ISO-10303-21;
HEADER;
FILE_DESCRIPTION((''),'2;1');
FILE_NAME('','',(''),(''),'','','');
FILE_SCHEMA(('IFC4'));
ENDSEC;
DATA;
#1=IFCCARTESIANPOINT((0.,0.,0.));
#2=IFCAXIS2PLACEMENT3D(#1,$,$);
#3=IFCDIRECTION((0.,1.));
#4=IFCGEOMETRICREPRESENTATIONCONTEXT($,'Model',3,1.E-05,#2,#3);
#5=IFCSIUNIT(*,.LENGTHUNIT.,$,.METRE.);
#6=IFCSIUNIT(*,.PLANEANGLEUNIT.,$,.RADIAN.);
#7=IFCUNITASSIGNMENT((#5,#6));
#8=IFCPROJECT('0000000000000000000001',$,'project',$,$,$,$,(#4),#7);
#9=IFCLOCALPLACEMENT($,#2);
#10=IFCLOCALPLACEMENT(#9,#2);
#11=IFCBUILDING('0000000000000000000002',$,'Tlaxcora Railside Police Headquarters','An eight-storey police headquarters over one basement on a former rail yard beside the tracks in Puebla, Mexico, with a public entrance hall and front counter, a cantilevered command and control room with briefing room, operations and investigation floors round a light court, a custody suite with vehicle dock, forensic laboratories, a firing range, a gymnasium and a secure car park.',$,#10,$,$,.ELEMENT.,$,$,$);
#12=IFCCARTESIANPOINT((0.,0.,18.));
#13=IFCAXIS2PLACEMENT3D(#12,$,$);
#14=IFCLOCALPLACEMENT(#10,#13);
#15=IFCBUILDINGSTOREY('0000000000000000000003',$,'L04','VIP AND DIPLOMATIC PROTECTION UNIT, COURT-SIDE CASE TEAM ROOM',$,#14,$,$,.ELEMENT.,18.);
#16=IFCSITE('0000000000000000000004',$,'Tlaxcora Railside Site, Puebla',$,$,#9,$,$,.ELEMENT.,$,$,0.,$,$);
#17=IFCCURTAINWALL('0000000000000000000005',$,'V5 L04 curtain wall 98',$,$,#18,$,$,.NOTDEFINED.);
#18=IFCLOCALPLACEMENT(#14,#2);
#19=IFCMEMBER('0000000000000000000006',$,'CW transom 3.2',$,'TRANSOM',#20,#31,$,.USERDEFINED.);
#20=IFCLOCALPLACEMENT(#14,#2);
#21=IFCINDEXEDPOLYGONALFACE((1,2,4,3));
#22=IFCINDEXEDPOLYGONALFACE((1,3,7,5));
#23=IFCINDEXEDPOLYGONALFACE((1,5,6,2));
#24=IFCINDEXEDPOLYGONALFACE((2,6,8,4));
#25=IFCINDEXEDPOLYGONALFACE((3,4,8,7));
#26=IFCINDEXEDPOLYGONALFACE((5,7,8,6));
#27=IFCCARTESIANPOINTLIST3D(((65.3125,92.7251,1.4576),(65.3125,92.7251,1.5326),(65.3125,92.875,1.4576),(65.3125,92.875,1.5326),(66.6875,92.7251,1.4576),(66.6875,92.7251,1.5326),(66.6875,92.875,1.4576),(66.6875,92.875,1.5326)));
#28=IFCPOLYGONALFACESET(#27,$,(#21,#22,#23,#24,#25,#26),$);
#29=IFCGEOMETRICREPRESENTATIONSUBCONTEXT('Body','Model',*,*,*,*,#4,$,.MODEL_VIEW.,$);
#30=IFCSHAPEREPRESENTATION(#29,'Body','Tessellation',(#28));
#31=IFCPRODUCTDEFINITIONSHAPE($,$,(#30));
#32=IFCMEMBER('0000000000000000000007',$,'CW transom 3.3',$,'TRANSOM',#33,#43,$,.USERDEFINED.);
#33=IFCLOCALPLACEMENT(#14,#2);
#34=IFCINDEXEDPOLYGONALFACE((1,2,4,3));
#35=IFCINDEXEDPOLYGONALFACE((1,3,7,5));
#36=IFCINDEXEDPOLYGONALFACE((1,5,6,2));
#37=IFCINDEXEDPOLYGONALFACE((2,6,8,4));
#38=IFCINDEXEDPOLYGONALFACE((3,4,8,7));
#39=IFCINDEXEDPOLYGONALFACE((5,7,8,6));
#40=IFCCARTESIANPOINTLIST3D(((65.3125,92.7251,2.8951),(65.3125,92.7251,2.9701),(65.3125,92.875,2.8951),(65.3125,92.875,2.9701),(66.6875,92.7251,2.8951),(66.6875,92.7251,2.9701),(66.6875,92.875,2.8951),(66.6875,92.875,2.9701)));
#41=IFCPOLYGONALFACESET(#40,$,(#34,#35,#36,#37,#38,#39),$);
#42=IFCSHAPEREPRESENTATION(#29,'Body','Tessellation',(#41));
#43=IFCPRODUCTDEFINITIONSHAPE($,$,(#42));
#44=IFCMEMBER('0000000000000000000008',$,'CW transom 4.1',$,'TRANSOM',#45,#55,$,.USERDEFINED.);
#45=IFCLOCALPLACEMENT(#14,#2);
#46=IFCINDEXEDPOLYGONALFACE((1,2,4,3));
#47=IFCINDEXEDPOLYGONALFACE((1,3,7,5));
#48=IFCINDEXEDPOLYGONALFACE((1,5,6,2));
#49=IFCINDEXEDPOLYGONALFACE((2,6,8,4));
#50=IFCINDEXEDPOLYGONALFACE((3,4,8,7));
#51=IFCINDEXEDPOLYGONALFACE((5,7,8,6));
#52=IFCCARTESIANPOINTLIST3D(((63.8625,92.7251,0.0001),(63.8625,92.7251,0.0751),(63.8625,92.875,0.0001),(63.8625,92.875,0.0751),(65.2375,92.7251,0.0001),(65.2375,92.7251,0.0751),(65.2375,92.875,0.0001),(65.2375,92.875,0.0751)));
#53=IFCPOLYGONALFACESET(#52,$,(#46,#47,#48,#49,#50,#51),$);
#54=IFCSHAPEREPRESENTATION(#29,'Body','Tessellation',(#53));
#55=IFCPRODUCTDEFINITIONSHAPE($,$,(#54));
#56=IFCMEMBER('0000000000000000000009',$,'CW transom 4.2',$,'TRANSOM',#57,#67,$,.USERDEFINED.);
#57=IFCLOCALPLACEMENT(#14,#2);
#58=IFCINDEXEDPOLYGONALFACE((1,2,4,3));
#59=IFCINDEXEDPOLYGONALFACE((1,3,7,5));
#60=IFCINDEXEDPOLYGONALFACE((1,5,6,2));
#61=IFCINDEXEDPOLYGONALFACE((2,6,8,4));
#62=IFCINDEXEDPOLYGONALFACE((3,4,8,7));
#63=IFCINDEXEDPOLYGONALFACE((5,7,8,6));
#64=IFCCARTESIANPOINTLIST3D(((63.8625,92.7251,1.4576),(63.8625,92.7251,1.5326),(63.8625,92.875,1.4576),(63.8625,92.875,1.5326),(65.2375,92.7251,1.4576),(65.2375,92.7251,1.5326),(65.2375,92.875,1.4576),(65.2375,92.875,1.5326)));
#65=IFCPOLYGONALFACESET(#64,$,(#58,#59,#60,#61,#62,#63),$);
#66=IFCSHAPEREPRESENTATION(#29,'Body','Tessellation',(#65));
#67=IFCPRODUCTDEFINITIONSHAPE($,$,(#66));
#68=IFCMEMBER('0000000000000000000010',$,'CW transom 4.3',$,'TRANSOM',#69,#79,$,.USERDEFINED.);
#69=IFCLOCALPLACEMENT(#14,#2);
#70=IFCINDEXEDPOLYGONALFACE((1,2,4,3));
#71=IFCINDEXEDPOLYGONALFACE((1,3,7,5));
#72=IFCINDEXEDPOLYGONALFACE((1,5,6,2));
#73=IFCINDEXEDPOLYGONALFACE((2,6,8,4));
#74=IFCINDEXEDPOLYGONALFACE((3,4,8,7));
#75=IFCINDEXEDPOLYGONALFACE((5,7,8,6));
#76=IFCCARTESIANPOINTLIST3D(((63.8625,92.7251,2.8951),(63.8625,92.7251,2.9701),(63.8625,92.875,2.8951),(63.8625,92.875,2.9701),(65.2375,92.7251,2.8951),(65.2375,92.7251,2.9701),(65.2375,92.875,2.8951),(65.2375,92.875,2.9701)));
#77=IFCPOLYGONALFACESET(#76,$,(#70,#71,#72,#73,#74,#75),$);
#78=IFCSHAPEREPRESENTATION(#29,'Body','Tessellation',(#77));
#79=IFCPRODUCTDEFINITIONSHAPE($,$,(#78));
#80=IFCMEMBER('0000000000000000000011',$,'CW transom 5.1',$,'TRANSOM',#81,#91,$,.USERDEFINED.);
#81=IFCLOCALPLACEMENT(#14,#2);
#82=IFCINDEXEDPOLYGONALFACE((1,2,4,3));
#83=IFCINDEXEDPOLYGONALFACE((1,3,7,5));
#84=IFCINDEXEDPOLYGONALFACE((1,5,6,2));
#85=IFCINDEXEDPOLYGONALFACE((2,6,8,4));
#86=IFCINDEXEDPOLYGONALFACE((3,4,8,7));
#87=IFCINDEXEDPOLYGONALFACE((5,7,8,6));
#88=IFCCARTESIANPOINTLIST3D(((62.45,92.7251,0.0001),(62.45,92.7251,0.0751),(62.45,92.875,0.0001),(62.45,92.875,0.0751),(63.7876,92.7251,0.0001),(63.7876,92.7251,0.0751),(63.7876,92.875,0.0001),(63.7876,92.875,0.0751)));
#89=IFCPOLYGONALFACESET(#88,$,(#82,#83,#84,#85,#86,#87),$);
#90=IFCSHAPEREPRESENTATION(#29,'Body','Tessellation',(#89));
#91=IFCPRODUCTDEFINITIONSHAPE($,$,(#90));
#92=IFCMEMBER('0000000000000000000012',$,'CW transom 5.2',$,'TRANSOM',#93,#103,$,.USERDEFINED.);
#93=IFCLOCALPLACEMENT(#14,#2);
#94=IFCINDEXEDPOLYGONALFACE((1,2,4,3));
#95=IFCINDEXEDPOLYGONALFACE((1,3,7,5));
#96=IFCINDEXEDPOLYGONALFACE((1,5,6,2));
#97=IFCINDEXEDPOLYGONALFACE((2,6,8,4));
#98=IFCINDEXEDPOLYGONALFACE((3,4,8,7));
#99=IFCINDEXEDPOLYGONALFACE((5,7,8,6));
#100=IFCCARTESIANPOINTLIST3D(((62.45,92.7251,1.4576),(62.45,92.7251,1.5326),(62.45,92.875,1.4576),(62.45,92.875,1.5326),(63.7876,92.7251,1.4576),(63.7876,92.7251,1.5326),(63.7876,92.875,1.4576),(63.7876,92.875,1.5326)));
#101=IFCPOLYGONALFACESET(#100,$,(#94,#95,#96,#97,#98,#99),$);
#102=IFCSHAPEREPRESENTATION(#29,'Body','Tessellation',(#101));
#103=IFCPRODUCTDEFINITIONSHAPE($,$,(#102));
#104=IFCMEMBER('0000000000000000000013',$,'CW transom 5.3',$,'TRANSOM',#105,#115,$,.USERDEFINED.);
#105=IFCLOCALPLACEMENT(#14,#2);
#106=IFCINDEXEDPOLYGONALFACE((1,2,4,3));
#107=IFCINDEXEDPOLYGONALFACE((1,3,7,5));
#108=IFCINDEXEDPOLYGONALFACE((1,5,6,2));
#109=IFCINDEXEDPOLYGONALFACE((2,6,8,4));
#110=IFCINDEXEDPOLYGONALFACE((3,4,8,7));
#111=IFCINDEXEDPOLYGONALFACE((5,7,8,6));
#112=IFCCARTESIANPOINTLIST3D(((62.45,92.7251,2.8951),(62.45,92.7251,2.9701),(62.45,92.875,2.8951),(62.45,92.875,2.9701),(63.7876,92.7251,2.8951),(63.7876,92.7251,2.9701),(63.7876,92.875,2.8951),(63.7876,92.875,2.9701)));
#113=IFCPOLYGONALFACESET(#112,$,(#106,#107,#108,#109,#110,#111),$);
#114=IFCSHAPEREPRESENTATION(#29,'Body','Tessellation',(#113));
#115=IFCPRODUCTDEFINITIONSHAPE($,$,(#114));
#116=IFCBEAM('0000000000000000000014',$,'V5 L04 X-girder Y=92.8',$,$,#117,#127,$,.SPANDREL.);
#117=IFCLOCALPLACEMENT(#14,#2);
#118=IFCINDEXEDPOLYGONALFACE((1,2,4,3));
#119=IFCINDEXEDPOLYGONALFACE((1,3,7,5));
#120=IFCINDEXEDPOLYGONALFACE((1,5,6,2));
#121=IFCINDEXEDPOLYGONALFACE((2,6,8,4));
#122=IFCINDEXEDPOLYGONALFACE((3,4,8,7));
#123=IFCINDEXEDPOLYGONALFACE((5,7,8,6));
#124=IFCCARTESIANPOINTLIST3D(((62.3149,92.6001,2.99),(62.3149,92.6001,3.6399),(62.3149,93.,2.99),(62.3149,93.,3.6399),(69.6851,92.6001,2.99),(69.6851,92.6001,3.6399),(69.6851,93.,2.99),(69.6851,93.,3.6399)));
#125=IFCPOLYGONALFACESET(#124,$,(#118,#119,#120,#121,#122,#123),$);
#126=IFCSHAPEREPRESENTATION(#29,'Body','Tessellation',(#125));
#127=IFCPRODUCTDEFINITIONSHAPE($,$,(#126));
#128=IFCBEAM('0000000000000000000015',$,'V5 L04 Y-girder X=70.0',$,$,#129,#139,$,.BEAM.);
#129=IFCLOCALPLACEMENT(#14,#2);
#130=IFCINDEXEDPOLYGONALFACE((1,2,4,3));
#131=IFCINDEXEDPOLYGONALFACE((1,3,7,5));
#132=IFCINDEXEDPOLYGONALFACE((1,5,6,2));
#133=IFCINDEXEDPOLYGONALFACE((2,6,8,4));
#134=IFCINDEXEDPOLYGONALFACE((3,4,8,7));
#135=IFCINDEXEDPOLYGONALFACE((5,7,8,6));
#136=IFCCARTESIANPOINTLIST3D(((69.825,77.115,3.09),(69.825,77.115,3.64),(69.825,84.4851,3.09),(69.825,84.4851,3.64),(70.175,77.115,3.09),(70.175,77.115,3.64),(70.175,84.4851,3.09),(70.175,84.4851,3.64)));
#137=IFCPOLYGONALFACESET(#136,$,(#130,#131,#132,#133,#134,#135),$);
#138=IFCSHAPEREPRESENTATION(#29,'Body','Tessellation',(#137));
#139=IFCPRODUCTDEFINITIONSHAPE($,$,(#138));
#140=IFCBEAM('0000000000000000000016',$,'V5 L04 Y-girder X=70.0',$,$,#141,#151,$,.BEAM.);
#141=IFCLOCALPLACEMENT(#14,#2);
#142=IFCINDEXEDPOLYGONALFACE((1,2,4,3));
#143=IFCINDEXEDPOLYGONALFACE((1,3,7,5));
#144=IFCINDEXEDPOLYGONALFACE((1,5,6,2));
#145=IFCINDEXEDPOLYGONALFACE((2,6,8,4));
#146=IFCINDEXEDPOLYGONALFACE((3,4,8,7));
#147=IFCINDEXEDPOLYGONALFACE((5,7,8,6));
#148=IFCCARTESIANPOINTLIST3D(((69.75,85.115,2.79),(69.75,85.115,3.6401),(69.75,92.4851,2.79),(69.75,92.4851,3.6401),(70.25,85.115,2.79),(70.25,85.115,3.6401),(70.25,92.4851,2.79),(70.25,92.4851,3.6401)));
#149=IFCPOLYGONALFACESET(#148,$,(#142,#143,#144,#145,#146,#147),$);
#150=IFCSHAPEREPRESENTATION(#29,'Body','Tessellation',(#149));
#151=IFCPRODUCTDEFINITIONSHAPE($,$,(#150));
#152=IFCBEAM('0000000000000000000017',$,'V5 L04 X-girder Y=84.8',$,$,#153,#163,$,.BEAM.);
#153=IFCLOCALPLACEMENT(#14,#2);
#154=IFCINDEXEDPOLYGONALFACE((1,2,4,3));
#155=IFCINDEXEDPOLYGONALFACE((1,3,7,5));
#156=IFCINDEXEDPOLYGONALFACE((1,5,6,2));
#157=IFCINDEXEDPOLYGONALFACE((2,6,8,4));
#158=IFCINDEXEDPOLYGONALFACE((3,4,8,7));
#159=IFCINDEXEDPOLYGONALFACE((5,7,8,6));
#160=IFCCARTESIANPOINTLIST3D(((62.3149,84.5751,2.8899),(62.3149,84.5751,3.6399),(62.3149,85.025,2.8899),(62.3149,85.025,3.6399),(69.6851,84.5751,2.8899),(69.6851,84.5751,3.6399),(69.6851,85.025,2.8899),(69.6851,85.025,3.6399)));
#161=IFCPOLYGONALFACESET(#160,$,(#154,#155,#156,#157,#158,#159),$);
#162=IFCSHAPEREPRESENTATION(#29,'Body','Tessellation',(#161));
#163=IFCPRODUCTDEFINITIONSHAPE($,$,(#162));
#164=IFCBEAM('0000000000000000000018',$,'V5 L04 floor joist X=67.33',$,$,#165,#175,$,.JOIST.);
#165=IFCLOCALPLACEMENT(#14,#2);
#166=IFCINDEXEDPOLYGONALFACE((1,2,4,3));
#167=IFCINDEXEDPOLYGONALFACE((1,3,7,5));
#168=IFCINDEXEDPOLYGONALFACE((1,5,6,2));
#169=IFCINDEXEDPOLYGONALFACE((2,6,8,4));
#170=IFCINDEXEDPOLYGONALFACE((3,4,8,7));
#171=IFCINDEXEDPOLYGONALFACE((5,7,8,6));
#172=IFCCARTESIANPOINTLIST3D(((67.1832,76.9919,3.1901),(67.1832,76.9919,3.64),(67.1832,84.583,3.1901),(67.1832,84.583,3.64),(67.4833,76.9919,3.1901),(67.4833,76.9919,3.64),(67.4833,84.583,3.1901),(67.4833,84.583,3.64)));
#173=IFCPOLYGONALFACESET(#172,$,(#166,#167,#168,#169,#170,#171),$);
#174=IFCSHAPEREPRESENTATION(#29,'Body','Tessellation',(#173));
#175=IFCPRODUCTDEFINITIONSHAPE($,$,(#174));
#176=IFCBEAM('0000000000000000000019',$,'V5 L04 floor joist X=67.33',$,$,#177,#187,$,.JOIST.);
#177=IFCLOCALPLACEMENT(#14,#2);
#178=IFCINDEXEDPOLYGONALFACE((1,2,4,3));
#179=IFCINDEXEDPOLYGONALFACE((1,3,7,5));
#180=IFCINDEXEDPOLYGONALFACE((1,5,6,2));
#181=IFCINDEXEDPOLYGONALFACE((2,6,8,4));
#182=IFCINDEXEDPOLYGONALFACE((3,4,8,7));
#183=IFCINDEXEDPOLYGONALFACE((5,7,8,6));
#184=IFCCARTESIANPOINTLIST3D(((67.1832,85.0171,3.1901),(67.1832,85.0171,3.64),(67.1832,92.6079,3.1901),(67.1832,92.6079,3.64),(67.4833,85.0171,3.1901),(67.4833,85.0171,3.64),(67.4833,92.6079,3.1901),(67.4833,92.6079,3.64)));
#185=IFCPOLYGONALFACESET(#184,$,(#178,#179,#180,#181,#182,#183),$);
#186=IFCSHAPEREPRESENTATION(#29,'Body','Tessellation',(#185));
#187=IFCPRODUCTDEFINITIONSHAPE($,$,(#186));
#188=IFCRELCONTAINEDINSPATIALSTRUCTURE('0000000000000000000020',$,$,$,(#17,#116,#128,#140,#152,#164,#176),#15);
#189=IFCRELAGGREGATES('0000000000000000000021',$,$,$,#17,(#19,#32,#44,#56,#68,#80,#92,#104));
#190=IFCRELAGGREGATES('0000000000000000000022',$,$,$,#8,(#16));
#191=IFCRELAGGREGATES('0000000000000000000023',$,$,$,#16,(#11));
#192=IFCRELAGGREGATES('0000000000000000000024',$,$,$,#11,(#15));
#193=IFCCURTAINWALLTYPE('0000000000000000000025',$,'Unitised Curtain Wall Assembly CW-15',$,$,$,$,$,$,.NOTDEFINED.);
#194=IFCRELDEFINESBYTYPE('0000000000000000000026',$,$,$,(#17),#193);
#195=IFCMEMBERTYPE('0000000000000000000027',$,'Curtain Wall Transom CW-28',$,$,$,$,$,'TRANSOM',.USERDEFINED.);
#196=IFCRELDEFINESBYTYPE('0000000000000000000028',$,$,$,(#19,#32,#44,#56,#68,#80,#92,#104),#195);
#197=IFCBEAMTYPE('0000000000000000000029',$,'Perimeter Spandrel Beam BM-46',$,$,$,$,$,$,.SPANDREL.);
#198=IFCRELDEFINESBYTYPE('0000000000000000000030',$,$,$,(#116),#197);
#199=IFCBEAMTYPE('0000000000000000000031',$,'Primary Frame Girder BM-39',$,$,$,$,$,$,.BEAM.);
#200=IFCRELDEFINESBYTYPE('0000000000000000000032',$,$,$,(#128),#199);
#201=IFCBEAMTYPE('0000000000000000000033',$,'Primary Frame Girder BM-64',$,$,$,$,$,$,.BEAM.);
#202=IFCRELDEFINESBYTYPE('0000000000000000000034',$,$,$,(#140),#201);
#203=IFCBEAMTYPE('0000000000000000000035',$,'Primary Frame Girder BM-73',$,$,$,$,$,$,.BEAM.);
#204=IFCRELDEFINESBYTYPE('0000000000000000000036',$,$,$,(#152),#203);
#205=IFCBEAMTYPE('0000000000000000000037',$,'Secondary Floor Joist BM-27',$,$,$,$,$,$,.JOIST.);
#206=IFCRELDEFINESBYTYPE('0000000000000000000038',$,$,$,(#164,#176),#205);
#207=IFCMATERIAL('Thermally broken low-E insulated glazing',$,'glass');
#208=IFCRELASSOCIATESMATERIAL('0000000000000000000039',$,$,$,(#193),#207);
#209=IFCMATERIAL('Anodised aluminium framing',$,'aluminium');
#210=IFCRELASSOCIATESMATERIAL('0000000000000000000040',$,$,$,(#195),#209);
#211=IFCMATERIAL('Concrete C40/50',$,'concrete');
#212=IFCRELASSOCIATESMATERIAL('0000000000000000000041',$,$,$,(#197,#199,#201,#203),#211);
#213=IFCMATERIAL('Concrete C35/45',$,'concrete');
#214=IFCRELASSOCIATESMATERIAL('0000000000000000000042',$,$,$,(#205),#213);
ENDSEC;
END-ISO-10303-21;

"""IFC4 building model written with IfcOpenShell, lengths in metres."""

from ifc_helpers import new_model, si_unit, direction, frame, origin, origin_2d, place, context, subcontext, project, spatial, rectangle, extrude, material, material_profile, profile_set, type_object, element, aggregate, save


model = new_model("IFC4")

# Units and contexts
model_context = context("Model", 3, precision=1e-05, world=origin(), true_north=direction((0.0, 1.0)))
body_context = subcontext(model_context, "Body", "Model", "MODEL_VIEW")
ifc_project = project(units=[si_unit("LENGTHUNIT", "METRE"), si_unit("PLANEANGLEUNIT", "RADIAN")], contexts=[model_context])

# Site, building, storey
site_placement = place(None, origin())
site = spatial("IfcSite", under=ifc_project, at=site_placement, Name="Tlaxcora Railside Site, Puebla", CompositionType="ELEMENT", RefElevation=0.0)
building_placement = place(site_placement, origin())
building = spatial("IfcBuilding", under=site, at=building_placement, Name="Tlaxcora Railside Police Headquarters", Description="An eight-storey police headquarters over one basement on a former rail yard beside the tracks in Puebla, Mexico, with a public entrance hall and front counter, a cantilevered command and control room with briefing room, operations and investigation floors round a light court, a custody suite with vehicle dock, forensic laboratories, a firing range, a gymnasium and a secure car park.", CompositionType="ELEMENT")
storey_placement = place(building_placement, frame((0.0, 0.0, 18.0)))
storey = spatial("IfcBuildingStorey", under=building, at=storey_placement, Name="L04", Description="VIP AND DIPLOMATIC PROTECTION UNIT, COURT-SIDE CASE TEAM ROOM", CompositionType="ELEMENT", Elevation=18.0)

# Shared definitions
ifc_material_1 = material(Name="Concrete C40/50", Category="concrete")

# Curtain wall, members
ifc_material_2 = material(Name="Thermally broken low-E insulated glazing", Category="glass")
curtain_wall_type = type_object("IfcCurtainWallType", Name="Unitised Curtain Wall Assembly CW-15", PredefinedType="NOTDEFINED", material=ifc_material_2)
curtain_wall_placement = place(storey_placement, origin())
curtain_wall = element("IfcCurtainWall", 1, at=curtain_wall_placement, inside=storey, type_object=curtain_wall_type, Name="V5 L04 curtain wall 98", PredefinedType="NOTDEFINED")
ifc_material_3 = material(Name="Anodised aluminium framing", Category="aluminium")
ifc_material_profile_1 = material_profile(ifc_material_3, rectangle(XDim=0.1499, YDim=0.075, at=origin_2d()), Name="AL75X150")
ifc_profile_set_1 = profile_set([ifc_material_profile_1], Name="Anodised aluminium framing")
member_type_1 = type_object("IfcMemberType", Name="Curtain Wall Transom CW-28", ElementType="TRANSOM", PredefinedType="USERDEFINED", material=ifc_profile_set_1)
member_1_placement = place(storey_placement, frame((66.6875, 92.8, 1.4951), z_axis=(-1.0, 0.0, 0.0), x_axis=(0.0, -1.0, 0.0)))
member_1 = element("IfcMember", 2, at=member_1_placement, type_object=member_type_1, Name="CW transom 3.2", ObjectType="TRANSOM", PredefinedType="USERDEFINED", context=body_context, shape_type="SweptSolid", body=[
    extrude(rectangle(XDim=0.1499, YDim=0.075, at=origin_2d()), origin(), (0.0, 0.0, 1.0), 1.375),
])
member_2_placement = place(storey_placement, frame((66.6875, 92.8, 2.9326), z_axis=(-1.0, 0.0, 0.0), x_axis=(0.0, -1.0, 0.0)))
member_2 = element("IfcMember", 3, at=member_2_placement, type_object=member_type_1, Name="CW transom 3.3", ObjectType="TRANSOM", PredefinedType="USERDEFINED", context=body_context, shape_type="SweptSolid", body=[
    extrude(rectangle(XDim=0.1499, YDim=0.075, at=origin_2d()), origin(), (0.0, 0.0, 1.0), 1.375),
])
member_3_placement = place(storey_placement, frame((65.2375, 92.8, 0.0376), z_axis=(-1.0, 0.0, 0.0), x_axis=(0.0, -1.0, 0.0)))
member_3 = element("IfcMember", 4, at=member_3_placement, type_object=member_type_1, Name="CW transom 4.1", ObjectType="TRANSOM", PredefinedType="USERDEFINED", context=body_context, shape_type="SweptSolid", body=[
    extrude(rectangle(XDim=0.1499, YDim=0.075, at=origin_2d()), origin(), (0.0, 0.0, 1.0), 1.375),
])
member_4_placement = place(storey_placement, frame((65.2375, 92.8, 1.4951), z_axis=(-1.0, 0.0, 0.0), x_axis=(0.0, -1.0, 0.0)))
member_4 = element("IfcMember", 5, at=member_4_placement, type_object=member_type_1, Name="CW transom 4.2", ObjectType="TRANSOM", PredefinedType="USERDEFINED", context=body_context, shape_type="SweptSolid", body=[
    extrude(rectangle(XDim=0.1499, YDim=0.075, at=origin_2d()), origin(), (0.0, 0.0, 1.0), 1.375),
])
member_5_placement = place(storey_placement, frame((65.2375, 92.8, 2.9326), z_axis=(-1.0, 0.0, 0.0), x_axis=(0.0, -1.0, 0.0)))
member_5 = element("IfcMember", 6, at=member_5_placement, type_object=member_type_1, Name="CW transom 4.3", ObjectType="TRANSOM", PredefinedType="USERDEFINED", context=body_context, shape_type="SweptSolid", body=[
    extrude(rectangle(XDim=0.1499, YDim=0.075, at=origin_2d()), origin(), (0.0, 0.0, 1.0), 1.375),
])
member_6_placement = place(storey_placement, frame((63.7876, 92.8, 0.0376), z_axis=(-1.0, 0.0, 0.0), x_axis=(0.0, -1.0, 0.0)))
member_6 = element("IfcMember", 7, at=member_6_placement, type_object=member_type_1, Name="CW transom 5.1", ObjectType="TRANSOM", PredefinedType="USERDEFINED", context=body_context, shape_type="SweptSolid", body=[
    extrude(rectangle(XDim=0.1499, YDim=0.075, at=origin_2d()), origin(), (0.0, 0.0, 1.0), 1.3376),
])
member_7_placement = place(storey_placement, frame((63.7876, 92.8, 1.4951), z_axis=(-1.0, 0.0, 0.0), x_axis=(0.0, -1.0, 0.0)))
member_7 = element("IfcMember", 8, at=member_7_placement, type_object=member_type_1, Name="CW transom 5.2", ObjectType="TRANSOM", PredefinedType="USERDEFINED", context=body_context, shape_type="SweptSolid", body=[
    extrude(rectangle(XDim=0.1499, YDim=0.075, at=origin_2d()), origin(), (0.0, 0.0, 1.0), 1.3376),
])
member_8_placement = place(storey_placement, frame((63.7876, 92.8, 2.9326), z_axis=(-1.0, 0.0, 0.0), x_axis=(0.0, -1.0, 0.0)))
member_8 = element("IfcMember", 9, at=member_8_placement, type_object=member_type_1, Name="CW transom 5.3", ObjectType="TRANSOM", PredefinedType="USERDEFINED", context=body_context, shape_type="SweptSolid", body=[
    extrude(rectangle(XDim=0.1499, YDim=0.075, at=origin_2d()), origin(), (0.0, 0.0, 1.0), 1.3376),
])

# Beams
ifc_material_profile_2 = material_profile(ifc_material_1, rectangle(XDim=0.3999, YDim=0.6499, at=origin_2d()), Name="RC400X650")
ifc_profile_set_2 = profile_set([ifc_material_profile_2], Name="Concrete C40/50")
beam_type_1 = type_object("IfcBeamType", Name="Perimeter Spandrel Beam BM-46", PredefinedType="SPANDREL", material=ifc_profile_set_2)
beam_1_placement = place(storey_placement, frame((62.3149, 92.8, 3.3149), z_axis=(1.0, 0.0, 0.0), x_axis=(0.0, 1.0, 0.0)))
element("IfcBeam", 10, at=beam_1_placement, inside=storey, type_object=beam_type_1, Name="V5 L04 X-girder Y=92.8", PredefinedType="SPANDREL", context=body_context, shape_type="SweptSolid", body=[
    extrude(rectangle(XDim=0.3999, YDim=0.6499, at=origin_2d()), origin(), (0.0, 0.0, 1.0), 7.3701),
])
ifc_material_profile_3 = material_profile(ifc_material_1, rectangle(XDim=0.3501, YDim=0.55, at=origin_2d()), Name="RC350X550")
ifc_profile_set_3 = profile_set([ifc_material_profile_3], Name="Concrete C40/50")
beam_type_2 = type_object("IfcBeamType", Name="Primary Frame Girder BM-39", PredefinedType="BEAM", material=ifc_profile_set_3)
beam_2_placement = place(storey_placement, frame((70.0, 77.115, 3.365), z_axis=(0.0, 1.0, 0.0), x_axis=(-1.0, 0.0, 0.0)))
element("IfcBeam", 11, at=beam_2_placement, inside=storey, type_object=beam_type_2, Name="V5 L04 Y-girder X=70.0", PredefinedType="BEAM", context=body_context, shape_type="SweptSolid", body=[
    extrude(rectangle(XDim=0.3501, YDim=0.55, at=origin_2d()), origin(), (0.0, 0.0, 1.0), 7.3701),
])
ifc_material_profile_4 = material_profile(ifc_material_1, rectangle(XDim=0.5, YDim=0.8501, at=origin_2d()), Name="RC500X850")
ifc_profile_set_4 = profile_set([ifc_material_profile_4], Name="Concrete C40/50")
beam_type_3 = type_object("IfcBeamType", Name="Primary Frame Girder BM-64", PredefinedType="BEAM", material=ifc_profile_set_4)
beam_3_placement = place(storey_placement, frame((70.0, 85.115, 3.2151), z_axis=(0.0, 1.0, 0.0), x_axis=(-1.0, 0.0, 0.0)))
element("IfcBeam", 12, at=beam_3_placement, inside=storey, type_object=beam_type_3, Name="V5 L04 Y-girder X=70.0", PredefinedType="BEAM", context=body_context, shape_type="SweptSolid", body=[
    extrude(rectangle(XDim=0.5, YDim=0.8501, at=origin_2d()), origin(), (0.0, 0.0, 1.0), 7.3701),
])
ifc_material_profile_5 = material_profile(ifc_material_1, rectangle(XDim=0.45, YDim=0.75, at=origin_2d()), Name="RC450X750")
ifc_profile_set_5 = profile_set([ifc_material_profile_5], Name="Concrete C40/50")
beam_type_4 = type_object("IfcBeamType", Name="Primary Frame Girder BM-73", PredefinedType="BEAM", material=ifc_profile_set_5)
beam_4_placement = place(storey_placement, frame((62.3149, 84.8, 3.2649), z_axis=(1.0, 0.0, 0.0), x_axis=(0.0, 1.0, 0.0)))
element("IfcBeam", 13, at=beam_4_placement, inside=storey, type_object=beam_type_4, Name="V5 L04 X-girder Y=84.8", PredefinedType="BEAM", context=body_context, shape_type="SweptSolid", body=[
    extrude(rectangle(XDim=0.45, YDim=0.75, at=origin_2d()), origin(), (0.0, 0.0, 1.0), 7.3701),
])
ifc_material_4 = material(Name="Concrete C35/45", Category="concrete")
ifc_material_profile_6 = material_profile(ifc_material_4, rectangle(XDim=0.3, YDim=0.45, at=origin_2d()), Name="RC300X450")
ifc_profile_set_6 = profile_set([ifc_material_profile_6], Name="Concrete C35/45")
beam_type_5 = type_object("IfcBeamType", Name="Secondary Floor Joist BM-27", PredefinedType="JOIST", material=ifc_profile_set_6)
beam_5_placement = place(storey_placement, frame((67.3333, 76.9919, 3.415), z_axis=(0.0, 1.0, 0.0), x_axis=(-1.0, 0.0, 0.0)))
element("IfcBeam", 14, at=beam_5_placement, inside=storey, type_object=beam_type_5, Name="V5 L04 floor joist X=67.33", PredefinedType="JOIST", context=body_context, shape_type="SweptSolid", body=[
    extrude(rectangle(XDim=0.3, YDim=0.45, at=origin_2d()), origin(), (0.0, 0.0, 1.0), 7.5911),
])
beam_6_placement = place(storey_placement, frame((67.3333, 85.0171, 3.415), z_axis=(0.0, 1.0, 0.0), x_axis=(-1.0, 0.0, 0.0)))
element("IfcBeam", 15, at=beam_6_placement, inside=storey, type_object=beam_type_5, Name="V5 L04 floor joist X=67.33", PredefinedType="JOIST", context=body_context, shape_type="SweptSolid", body=[
    extrude(rectangle(XDim=0.3, YDim=0.45, at=origin_2d()), origin(), (0.0, 0.0, 1.0), 7.5908),
])

aggregate(curtain_wall, [member_1, member_2, member_3, member_4, member_5, member_6, member_7, member_8])

save(model, "model.ifc")
